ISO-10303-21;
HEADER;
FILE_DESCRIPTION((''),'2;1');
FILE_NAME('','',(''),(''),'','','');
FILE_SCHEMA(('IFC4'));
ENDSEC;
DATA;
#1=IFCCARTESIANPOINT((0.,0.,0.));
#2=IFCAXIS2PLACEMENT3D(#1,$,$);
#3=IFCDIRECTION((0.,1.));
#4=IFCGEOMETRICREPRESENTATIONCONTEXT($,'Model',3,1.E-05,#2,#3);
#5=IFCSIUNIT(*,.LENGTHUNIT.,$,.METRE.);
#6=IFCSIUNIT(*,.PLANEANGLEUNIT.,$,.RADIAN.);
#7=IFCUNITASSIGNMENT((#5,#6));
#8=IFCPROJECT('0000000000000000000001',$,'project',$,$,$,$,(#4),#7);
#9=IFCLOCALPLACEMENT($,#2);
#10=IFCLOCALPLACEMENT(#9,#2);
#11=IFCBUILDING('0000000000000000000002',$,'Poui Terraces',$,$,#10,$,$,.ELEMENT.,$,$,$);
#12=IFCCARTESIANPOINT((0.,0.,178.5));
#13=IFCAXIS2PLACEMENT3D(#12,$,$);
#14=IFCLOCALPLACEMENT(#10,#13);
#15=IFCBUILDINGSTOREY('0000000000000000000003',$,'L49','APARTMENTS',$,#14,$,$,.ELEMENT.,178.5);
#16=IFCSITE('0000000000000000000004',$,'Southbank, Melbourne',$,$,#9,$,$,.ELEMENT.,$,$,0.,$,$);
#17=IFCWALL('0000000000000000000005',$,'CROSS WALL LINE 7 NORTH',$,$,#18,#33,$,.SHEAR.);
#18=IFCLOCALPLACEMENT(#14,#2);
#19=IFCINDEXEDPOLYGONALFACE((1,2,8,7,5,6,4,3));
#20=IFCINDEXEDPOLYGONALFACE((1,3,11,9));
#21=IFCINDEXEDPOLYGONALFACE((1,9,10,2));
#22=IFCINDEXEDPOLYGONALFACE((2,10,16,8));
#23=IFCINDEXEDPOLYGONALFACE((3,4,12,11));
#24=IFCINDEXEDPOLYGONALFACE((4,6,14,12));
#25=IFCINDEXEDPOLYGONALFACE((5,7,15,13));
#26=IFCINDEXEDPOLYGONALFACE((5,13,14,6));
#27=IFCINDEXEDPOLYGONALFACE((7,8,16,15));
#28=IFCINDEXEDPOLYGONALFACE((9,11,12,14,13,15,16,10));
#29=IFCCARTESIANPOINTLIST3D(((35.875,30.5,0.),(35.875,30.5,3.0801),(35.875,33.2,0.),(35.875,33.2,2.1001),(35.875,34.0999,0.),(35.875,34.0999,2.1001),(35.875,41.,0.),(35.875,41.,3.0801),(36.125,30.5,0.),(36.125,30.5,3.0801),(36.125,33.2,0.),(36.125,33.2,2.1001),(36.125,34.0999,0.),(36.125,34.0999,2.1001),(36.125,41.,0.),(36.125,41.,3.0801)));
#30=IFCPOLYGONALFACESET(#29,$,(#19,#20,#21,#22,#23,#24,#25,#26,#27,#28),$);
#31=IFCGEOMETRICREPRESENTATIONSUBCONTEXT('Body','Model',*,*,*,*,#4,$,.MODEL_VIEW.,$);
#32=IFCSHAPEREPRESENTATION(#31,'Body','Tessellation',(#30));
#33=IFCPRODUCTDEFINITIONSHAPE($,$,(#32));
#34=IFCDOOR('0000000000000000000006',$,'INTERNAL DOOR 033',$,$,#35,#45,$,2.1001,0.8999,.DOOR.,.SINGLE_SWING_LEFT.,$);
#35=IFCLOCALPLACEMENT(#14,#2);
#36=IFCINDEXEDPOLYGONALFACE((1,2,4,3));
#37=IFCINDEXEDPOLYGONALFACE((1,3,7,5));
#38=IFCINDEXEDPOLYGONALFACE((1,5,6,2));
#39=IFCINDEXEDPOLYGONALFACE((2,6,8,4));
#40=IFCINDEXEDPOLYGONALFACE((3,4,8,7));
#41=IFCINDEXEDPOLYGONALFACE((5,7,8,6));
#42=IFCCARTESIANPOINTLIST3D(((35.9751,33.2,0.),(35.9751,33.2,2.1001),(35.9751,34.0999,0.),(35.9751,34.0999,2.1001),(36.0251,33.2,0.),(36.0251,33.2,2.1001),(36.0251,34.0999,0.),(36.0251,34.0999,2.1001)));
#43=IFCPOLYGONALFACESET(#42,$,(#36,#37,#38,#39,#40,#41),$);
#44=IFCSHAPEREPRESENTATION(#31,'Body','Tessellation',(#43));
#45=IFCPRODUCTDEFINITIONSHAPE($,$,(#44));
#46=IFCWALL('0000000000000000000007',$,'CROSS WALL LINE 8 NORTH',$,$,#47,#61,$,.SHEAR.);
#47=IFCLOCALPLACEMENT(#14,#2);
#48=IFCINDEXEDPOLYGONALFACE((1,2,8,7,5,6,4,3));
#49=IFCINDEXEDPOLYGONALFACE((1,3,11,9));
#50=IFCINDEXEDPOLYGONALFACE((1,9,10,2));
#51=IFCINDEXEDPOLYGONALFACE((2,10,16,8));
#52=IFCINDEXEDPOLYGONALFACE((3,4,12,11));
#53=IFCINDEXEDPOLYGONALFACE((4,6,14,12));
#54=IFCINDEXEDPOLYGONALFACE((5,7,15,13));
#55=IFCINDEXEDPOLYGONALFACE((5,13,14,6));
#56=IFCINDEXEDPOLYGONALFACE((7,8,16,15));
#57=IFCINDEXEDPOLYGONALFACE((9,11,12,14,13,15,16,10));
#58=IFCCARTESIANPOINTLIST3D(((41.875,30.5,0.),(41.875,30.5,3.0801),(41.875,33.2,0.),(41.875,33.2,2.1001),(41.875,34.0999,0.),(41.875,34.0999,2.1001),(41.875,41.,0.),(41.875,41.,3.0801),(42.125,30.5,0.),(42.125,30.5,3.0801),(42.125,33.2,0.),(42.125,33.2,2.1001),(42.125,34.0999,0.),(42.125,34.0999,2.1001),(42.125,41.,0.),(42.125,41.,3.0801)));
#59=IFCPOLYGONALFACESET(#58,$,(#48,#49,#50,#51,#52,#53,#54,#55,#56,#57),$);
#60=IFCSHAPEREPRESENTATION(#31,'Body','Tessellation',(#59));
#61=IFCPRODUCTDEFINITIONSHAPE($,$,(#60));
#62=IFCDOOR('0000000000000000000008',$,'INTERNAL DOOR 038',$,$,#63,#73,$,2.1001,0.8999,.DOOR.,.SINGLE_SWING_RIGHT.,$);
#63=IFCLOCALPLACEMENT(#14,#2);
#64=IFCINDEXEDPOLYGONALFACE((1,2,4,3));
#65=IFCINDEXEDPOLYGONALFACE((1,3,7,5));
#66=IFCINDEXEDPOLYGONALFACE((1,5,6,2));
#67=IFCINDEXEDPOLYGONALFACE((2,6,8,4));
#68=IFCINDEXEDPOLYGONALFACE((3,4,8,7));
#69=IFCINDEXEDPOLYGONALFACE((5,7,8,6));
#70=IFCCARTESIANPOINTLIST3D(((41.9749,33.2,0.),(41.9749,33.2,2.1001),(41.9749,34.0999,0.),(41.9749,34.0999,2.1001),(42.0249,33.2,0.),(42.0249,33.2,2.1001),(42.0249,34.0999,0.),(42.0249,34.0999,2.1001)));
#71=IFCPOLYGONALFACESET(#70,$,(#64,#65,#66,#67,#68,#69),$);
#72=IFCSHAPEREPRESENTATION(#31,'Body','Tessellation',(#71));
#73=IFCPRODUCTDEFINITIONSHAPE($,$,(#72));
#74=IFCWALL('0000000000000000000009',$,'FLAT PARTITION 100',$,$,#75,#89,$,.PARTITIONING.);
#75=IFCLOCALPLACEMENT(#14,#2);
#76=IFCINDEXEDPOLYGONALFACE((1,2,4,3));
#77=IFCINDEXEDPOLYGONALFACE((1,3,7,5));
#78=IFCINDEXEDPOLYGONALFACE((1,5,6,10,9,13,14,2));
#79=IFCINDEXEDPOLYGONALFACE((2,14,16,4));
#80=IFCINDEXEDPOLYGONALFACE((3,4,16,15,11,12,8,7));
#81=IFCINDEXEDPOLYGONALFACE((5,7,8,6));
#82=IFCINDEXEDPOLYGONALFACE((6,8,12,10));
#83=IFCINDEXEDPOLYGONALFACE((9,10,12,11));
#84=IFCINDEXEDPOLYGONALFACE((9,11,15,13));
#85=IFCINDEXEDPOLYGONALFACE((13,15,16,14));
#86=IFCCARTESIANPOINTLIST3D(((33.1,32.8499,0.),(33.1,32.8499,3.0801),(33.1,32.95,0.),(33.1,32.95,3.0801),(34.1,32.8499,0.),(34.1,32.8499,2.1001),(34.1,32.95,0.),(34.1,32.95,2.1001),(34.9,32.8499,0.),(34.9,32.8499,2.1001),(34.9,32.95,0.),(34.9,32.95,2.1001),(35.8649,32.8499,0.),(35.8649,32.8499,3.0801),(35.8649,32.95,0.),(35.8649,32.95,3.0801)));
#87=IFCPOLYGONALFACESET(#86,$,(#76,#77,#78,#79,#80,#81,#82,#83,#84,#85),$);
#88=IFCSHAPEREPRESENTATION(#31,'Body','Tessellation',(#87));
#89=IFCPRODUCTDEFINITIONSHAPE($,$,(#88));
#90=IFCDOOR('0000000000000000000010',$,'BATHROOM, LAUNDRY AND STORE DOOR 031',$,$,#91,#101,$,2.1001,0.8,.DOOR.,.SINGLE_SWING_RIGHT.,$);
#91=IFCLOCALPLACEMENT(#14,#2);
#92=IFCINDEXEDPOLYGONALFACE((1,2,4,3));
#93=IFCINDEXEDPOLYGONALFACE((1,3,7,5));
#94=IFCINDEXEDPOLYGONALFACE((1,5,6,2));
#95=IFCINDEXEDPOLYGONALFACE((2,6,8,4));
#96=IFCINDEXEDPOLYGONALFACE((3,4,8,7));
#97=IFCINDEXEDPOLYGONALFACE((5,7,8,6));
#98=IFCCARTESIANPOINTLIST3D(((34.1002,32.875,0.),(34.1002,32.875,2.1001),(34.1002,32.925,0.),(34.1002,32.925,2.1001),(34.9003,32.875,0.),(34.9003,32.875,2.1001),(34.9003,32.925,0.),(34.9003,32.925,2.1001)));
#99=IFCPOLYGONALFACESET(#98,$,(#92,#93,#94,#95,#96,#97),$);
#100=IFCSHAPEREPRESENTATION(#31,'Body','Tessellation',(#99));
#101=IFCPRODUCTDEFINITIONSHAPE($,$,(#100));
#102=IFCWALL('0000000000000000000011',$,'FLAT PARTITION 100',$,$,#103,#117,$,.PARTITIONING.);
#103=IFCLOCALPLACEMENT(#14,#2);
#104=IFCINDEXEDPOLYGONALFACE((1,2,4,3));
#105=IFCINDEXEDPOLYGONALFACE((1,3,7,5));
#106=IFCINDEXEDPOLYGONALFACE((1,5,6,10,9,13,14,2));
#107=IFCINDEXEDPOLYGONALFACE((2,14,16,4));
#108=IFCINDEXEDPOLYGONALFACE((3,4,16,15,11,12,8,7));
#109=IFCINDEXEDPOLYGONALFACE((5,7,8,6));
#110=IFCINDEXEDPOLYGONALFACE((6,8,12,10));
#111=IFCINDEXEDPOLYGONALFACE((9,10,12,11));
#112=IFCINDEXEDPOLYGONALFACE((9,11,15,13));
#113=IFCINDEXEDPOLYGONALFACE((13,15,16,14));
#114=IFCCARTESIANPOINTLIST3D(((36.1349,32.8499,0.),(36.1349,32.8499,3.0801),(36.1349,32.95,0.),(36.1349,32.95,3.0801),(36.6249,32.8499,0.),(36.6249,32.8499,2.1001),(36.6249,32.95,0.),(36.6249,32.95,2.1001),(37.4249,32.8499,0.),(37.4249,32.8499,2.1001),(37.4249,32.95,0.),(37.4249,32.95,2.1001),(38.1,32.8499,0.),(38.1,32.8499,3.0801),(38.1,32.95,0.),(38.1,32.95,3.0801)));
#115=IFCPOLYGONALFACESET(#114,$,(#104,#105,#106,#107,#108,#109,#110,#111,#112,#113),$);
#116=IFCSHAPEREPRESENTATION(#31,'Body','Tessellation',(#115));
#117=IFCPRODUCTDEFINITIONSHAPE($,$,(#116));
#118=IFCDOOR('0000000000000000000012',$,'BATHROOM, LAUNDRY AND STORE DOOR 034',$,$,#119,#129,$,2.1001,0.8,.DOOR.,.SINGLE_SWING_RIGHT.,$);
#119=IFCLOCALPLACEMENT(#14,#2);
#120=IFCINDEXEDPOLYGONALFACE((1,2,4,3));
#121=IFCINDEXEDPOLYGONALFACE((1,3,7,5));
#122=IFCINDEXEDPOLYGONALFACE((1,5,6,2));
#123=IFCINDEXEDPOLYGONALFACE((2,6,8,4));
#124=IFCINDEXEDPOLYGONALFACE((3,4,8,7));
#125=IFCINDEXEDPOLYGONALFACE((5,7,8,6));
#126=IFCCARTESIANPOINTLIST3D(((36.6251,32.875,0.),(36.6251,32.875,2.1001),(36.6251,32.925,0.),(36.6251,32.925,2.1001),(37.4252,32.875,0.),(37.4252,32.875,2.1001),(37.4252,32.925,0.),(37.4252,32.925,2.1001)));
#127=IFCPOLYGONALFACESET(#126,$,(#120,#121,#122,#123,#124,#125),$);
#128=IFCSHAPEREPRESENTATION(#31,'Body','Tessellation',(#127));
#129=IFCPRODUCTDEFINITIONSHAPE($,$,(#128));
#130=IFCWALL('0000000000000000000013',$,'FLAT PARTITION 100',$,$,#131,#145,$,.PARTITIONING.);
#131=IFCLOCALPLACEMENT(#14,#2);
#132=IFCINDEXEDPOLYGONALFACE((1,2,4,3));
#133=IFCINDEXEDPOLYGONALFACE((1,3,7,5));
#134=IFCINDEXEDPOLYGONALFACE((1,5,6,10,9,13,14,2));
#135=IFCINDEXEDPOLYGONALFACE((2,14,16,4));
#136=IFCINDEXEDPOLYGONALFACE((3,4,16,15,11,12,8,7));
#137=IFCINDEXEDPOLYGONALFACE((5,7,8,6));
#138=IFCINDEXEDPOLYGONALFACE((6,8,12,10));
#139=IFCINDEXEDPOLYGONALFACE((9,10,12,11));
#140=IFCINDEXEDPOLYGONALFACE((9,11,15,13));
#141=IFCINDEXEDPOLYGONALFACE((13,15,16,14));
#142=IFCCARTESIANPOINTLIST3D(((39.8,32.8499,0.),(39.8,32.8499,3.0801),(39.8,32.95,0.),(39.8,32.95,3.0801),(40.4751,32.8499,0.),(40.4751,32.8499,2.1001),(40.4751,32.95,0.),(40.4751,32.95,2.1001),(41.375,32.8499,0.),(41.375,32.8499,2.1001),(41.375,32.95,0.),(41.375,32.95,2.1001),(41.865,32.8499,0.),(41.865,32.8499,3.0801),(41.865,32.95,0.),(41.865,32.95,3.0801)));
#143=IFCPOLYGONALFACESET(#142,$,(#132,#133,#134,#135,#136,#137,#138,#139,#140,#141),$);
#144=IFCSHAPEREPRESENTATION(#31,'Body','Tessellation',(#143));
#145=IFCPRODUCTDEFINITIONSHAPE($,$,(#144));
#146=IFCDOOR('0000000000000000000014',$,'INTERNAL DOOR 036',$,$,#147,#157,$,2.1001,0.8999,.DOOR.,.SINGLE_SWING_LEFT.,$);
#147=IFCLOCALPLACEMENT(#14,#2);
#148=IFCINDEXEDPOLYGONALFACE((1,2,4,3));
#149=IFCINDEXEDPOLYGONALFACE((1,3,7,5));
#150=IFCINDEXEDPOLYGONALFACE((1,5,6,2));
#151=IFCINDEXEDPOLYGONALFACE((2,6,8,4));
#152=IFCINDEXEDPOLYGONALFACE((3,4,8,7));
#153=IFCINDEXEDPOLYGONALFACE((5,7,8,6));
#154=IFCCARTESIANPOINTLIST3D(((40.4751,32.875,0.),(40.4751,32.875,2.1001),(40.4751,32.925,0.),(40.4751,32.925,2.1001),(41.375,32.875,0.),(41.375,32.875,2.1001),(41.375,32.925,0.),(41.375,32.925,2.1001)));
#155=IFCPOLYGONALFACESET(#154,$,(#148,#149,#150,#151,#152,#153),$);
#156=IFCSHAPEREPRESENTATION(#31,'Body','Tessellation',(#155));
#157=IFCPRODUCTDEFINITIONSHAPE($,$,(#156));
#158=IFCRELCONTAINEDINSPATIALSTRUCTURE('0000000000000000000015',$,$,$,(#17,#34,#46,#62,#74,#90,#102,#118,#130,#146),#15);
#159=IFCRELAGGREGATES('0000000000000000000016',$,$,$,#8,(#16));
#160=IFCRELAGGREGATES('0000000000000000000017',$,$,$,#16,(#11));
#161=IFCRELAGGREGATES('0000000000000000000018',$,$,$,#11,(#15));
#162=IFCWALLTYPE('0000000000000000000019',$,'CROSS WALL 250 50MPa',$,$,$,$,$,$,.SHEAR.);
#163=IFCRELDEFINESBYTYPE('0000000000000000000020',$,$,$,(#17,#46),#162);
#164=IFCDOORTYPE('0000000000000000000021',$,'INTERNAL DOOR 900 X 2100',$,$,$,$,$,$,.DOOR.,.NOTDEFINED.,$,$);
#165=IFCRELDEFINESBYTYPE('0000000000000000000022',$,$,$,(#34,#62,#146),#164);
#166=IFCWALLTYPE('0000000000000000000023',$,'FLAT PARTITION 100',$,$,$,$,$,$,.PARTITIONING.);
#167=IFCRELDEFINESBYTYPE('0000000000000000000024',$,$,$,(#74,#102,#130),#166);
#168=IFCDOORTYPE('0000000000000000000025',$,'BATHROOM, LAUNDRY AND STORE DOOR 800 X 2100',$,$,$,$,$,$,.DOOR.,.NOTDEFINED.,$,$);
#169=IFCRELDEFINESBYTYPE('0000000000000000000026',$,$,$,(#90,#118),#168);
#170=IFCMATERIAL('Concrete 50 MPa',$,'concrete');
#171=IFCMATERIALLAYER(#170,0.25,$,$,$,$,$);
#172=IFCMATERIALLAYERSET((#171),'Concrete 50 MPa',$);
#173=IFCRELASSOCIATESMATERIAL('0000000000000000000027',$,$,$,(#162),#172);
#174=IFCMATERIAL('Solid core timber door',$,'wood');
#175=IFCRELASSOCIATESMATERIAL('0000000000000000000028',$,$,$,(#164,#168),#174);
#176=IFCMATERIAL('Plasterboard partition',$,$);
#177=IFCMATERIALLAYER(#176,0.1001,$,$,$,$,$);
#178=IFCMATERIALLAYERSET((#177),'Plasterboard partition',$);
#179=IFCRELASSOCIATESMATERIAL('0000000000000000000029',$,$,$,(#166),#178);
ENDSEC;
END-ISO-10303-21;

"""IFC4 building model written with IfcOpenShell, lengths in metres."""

from ifc_helpers import new_model, si_unit, direction, frame, frame_2d, origin, place, context, subcontext, project, spatial, rectangle, extrude, material, layer, layer_set, type_object, element, fill, save


model = new_model("IFC4")

# Units and contexts
model_context = context("Model", 3, precision=1e-05, world=origin(), true_north=direction((0.0, 1.0)))
body_context = subcontext(model_context, "Body", "Model", "MODEL_VIEW")
ifc_project = project(units=[si_unit("LENGTHUNIT", "METRE"), si_unit("PLANEANGLEUNIT", "RADIAN")], contexts=[model_context])

# Site, building, storey
site_placement = place(None, origin())
site = spatial("IfcSite", under=ifc_project, at=site_placement, Name="Southbank, Melbourne", CompositionType="ELEMENT", RefElevation=0.0)
building_placement = place(site_placement, origin())
building = spatial("IfcBuilding", under=site, at=building_placement, Name="Poui Terraces", CompositionType="ELEMENT")
storey_placement = place(building_placement, frame((0.0, 0.0, 178.5)))
storey = spatial("IfcBuildingStorey", under=building, at=storey_placement, Name="L49", Description="APARTMENTS", CompositionType="ELEMENT", Elevation=178.5)

# Walls, openings, doors
ifc_material_1 = material(Name="Concrete 50 MPa", Category="concrete")
ifc_layer_1 = layer(ifc_material_1, 0.25)
ifc_layer_set_1 = layer_set([ifc_layer_1], Name="Concrete 50 MPa")
wall_type_1 = type_object("IfcWallType", Name="CROSS WALL 250 50MPa", PredefinedType="SHEAR", material=ifc_layer_set_1)
wall_1_placement = place(storey_placement, frame((36.0, 30.5, 0.0), z_axis=(0.0, 0.0, 1.0), x_axis=(0.0, 1.0, 0.0)))
wall_1 = element("IfcWall", 1, at=wall_1_placement, inside=storey, type_object=wall_type_1, Name="CROSS WALL LINE 7 NORTH", PredefinedType="SHEAR", context=body_context, shape_type="SweptSolid", body=[
    extrude(rectangle(XDim=10.5, YDim=0.25, at=frame_2d((5.25, 0.0))), origin(), (0.0, 0.0, 1.0), 3.0801),
])
opening_1_placement = place(wall_1_placement, frame((2.7, 0.0, 0.0)))
opening_1 = element("IfcOpeningElement", 2, at=opening_1_placement, cuts=wall_1, PredefinedType="OPENING", context=body_context, shape_type="SweptSolid", body=[
    extrude(rectangle(XDim=0.8999, YDim=2.1001, at=frame_2d((0.45, 1.05))), frame((0.0, 0.135, 0.0), z_axis=(0.0, -1.0, 0.0), x_axis=(1.0, 0.0, 0.0)), (0.0, 0.0, 1.0), 0.27),
])
ifc_material_2 = material(Name="Solid core timber door", Category="wood")
door_type_1 = type_object("IfcDoorType", Name="INTERNAL DOOR 900 X 2100", OperationType="NOTDEFINED", PredefinedType="DOOR", material=ifc_material_2)
door_1_placement = place(opening_1_placement, origin())
door_1 = element("IfcDoor", 3, at=door_1_placement, inside=storey, type_object=door_type_1, Name="INTERNAL DOOR 033", OperationType="SINGLE_SWING_LEFT", OverallHeight=2.1001, OverallWidth=0.8999, PredefinedType="DOOR", context=body_context, shape_type="SweptSolid", body=[
    extrude(rectangle(XDim=0.8999, YDim=2.1001, at=frame_2d((0.45, 1.05))), frame((0.0, 0.0249, 0.0), z_axis=(0.0, -1.0, 0.0), x_axis=(1.0, 0.0, 0.0)), (0.0, 0.0, 1.0), 0.05),
])
fill(opening_1, door_1)
wall_2_placement = place(storey_placement, frame((42.0, 30.5, 0.0), z_axis=(0.0, 0.0, 1.0), x_axis=(0.0, 1.0, 0.0)))
wall_2 = element("IfcWall", 4, at=wall_2_placement, inside=storey, type_object=wall_type_1, Name="CROSS WALL LINE 8 NORTH", PredefinedType="SHEAR", context=body_context, shape_type="SweptSolid", body=[
    extrude(rectangle(XDim=10.5, YDim=0.25, at=frame_2d((5.25, 0.0))), origin(), (0.0, 0.0, 1.0), 3.0801),
])
opening_2_placement = place(wall_2_placement, frame((2.7, 0.0, 0.0)))
opening_2 = element("IfcOpeningElement", 5, at=opening_2_placement, cuts=wall_2, PredefinedType="OPENING", context=body_context, shape_type="SweptSolid", body=[
    extrude(rectangle(XDim=0.8999, YDim=2.1001, at=frame_2d((0.45, 1.05))), frame((0.0, 0.135, 0.0), z_axis=(0.0, -1.0, 0.0), x_axis=(1.0, 0.0, 0.0)), (0.0, 0.0, 1.0), 0.27),
])
door_2_placement = place(opening_2_placement, frame((0.8999, 0.0, 0.0), z_axis=(0.0, 0.0, 1.0), x_axis=(-1.0, 0.0, 0.0)))
door_2 = element("IfcDoor", 6, at=door_2_placement, inside=storey, type_object=door_type_1, Name="INTERNAL DOOR 038", OperationType="SINGLE_SWING_RIGHT", OverallHeight=2.1001, OverallWidth=0.8999, PredefinedType="DOOR", context=body_context, shape_type="SweptSolid", body=[
    extrude(rectangle(XDim=0.8999, YDim=2.1001, at=frame_2d((0.45, 1.05))), frame((0.0, 0.0249, 0.0), z_axis=(0.0, -1.0, 0.0), x_axis=(1.0, 0.0, 0.0)), (0.0, 0.0, 1.0), 0.05),
])
fill(opening_2, door_2)
ifc_material_3 = material(Name="Plasterboard partition")
ifc_layer_2 = layer(ifc_material_3, 0.1001)
ifc_layer_set_2 = layer_set([ifc_layer_2], Name="Plasterboard partition")
wall_type_2 = type_object("IfcWallType", Name="FLAT PARTITION 100", PredefinedType="PARTITIONING", material=ifc_layer_set_2)
wall_3_placement = place(storey_placement, frame((33.1001, 32.8999, 0.0), z_axis=(0.0, 0.0, 1.0), x_axis=(1.0, 0.0, 0.0)))
wall_3 = element("IfcWall", 7, at=wall_3_placement, inside=storey, type_object=wall_type_2, Name="FLAT PARTITION 100", PredefinedType="PARTITIONING", context=body_context, shape_type="SweptSolid", body=[
    extrude(rectangle(XDim=2.7649, YDim=0.1001, at=frame_2d((1.3823, 0.0))), origin(), (0.0, 0.0, 1.0), 3.0801),
])
opening_3_placement = place(wall_3_placement, frame((1.0, 0.0, 0.0)))
opening_3 = element("IfcOpeningElement", 8, at=opening_3_placement, cuts=wall_3, PredefinedType="OPENING", context=body_context, shape_type="SweptSolid", body=[
    extrude(rectangle(XDim=0.8, YDim=2.1001, at=frame_2d((0.3999, 1.05))), frame((0.0, 0.0601, 0.0), z_axis=(0.0, -1.0, 0.0), x_axis=(1.0, 0.0, 0.0)), (0.0, 0.0, 1.0), 0.1201),
])
door_type_2 = type_object("IfcDoorType", Name="BATHROOM, LAUNDRY AND STORE DOOR 800 X 2100", OperationType="NOTDEFINED", PredefinedType="DOOR", material=ifc_material_2)
door_3_placement = place(opening_3_placement, frame((0.8, 0.0, 0.0), z_axis=(0.0, 0.0, 1.0), x_axis=(-1.0, 0.0, 0.0)))
door_3 = element("IfcDoor", 9, at=door_3_placement, inside=storey, type_object=door_type_2, Name="BATHROOM, LAUNDRY AND STORE DOOR 031", OperationType="SINGLE_SWING_RIGHT", OverallHeight=2.1001, OverallWidth=0.8, PredefinedType="DOOR", context=body_context, shape_type="SweptSolid", body=[
    extrude(rectangle(XDim=0.8, YDim=2.1001, at=frame_2d((0.3999, 1.05))), frame((0.0, 0.0249, 0.0), z_axis=(0.0, -1.0, 0.0), x_axis=(1.0, 0.0, 0.0)), (0.0, 0.0, 1.0), 0.05),
])
fill(opening_3, door_3)
wall_4_placement = place(storey_placement, frame((36.135, 32.8999, 0.0), z_axis=(0.0, 0.0, 1.0), x_axis=(1.0, 0.0, 0.0)))
wall_4 = element("IfcWall", 10, at=wall_4_placement, inside=storey, type_object=wall_type_2, Name="FLAT PARTITION 100", PredefinedType="PARTITIONING", context=body_context, shape_type="SweptSolid", body=[
    extrude(rectangle(XDim=1.9651, YDim=0.1001, at=frame_2d((0.9824, 0.0))), origin(), (0.0, 0.0, 1.0), 3.0801),
])
opening_4_placement = place(wall_4_placement, frame((0.49, 0.0, 0.0)))
opening_4 = element("IfcOpeningElement", 11, at=opening_4_placement, cuts=wall_4, PredefinedType="OPENING", context=body_context, shape_type="SweptSolid", body=[
    extrude(rectangle(XDim=0.8, YDim=2.1001, at=frame_2d((0.3999, 1.05))), frame((0.0, 0.0601, 0.0), z_axis=(0.0, -1.0, 0.0), x_axis=(1.0, 0.0, 0.0)), (0.0, 0.0, 1.0), 0.1201),
])
door_4_placement = place(opening_4_placement, frame((0.8, 0.0, 0.0), z_axis=(0.0, 0.0, 1.0), x_axis=(-1.0, 0.0, 0.0)))
door_4 = element("IfcDoor", 12, at=door_4_placement, inside=storey, type_object=door_type_2, Name="BATHROOM, LAUNDRY AND STORE DOOR 034", OperationType="SINGLE_SWING_RIGHT", OverallHeight=2.1001, OverallWidth=0.8, PredefinedType="DOOR", context=body_context, shape_type="SweptSolid", body=[
    extrude(rectangle(XDim=0.8, YDim=2.1001, at=frame_2d((0.3999, 1.05))), frame((0.0, 0.0249, 0.0), z_axis=(0.0, -1.0, 0.0), x_axis=(1.0, 0.0, 0.0)), (0.0, 0.0, 1.0), 0.05),
])
fill(opening_4, door_4)
wall_5_placement = place(storey_placement, frame((39.8, 32.8999, 0.0), z_axis=(0.0, 0.0, 1.0), x_axis=(1.0, 0.0, 0.0)))
wall_5 = element("IfcWall", 13, at=wall_5_placement, inside=storey, type_object=wall_type_2, Name="FLAT PARTITION 100", PredefinedType="PARTITIONING", context=body_context, shape_type="SweptSolid", body=[
    extrude(rectangle(XDim=2.0649, YDim=0.1001, at=frame_2d((1.0325, 0.0))), origin(), (0.0, 0.0, 1.0), 3.0801),
])
opening_5_placement = place(wall_5_placement, frame((0.675, 0.0, 0.0)))
opening_5 = element("IfcOpeningElement", 14, at=opening_5_placement, cuts=wall_5, PredefinedType="OPENING", context=body_context, shape_type="SweptSolid", body=[
    extrude(rectangle(XDim=0.8999, YDim=2.1001, at=frame_2d((0.45, 1.05))), frame((0.0, 0.0601, 0.0), z_axis=(0.0, -1.0, 0.0), x_axis=(1.0, 0.0, 0.0)), (0.0, 0.0, 1.0), 0.1201),
])
door_5_placement = place(opening_5_placement, frame((0.8999, 0.0, 0.0), z_axis=(0.0, 0.0, 1.0), x_axis=(-1.0, 0.0, 0.0)))
door_5 = element("IfcDoor", 15, at=door_5_placement, inside=storey, type_object=door_type_1, Name="INTERNAL DOOR 036", OperationType="SINGLE_SWING_LEFT", OverallHeight=2.1001, OverallWidth=0.8999, PredefinedType="DOOR", context=body_context, shape_type="SweptSolid", body=[
    extrude(rectangle(XDim=0.8999, YDim=2.1001, at=frame_2d((0.45, 1.05))), frame((0.0, 0.0249, 0.0), z_axis=(0.0, -1.0, 0.0), x_axis=(1.0, 0.0, 0.0)), (0.0, 0.0, 1.0), 0.05),
])
fill(opening_5, door_5)

save(model, "model.ifc")
